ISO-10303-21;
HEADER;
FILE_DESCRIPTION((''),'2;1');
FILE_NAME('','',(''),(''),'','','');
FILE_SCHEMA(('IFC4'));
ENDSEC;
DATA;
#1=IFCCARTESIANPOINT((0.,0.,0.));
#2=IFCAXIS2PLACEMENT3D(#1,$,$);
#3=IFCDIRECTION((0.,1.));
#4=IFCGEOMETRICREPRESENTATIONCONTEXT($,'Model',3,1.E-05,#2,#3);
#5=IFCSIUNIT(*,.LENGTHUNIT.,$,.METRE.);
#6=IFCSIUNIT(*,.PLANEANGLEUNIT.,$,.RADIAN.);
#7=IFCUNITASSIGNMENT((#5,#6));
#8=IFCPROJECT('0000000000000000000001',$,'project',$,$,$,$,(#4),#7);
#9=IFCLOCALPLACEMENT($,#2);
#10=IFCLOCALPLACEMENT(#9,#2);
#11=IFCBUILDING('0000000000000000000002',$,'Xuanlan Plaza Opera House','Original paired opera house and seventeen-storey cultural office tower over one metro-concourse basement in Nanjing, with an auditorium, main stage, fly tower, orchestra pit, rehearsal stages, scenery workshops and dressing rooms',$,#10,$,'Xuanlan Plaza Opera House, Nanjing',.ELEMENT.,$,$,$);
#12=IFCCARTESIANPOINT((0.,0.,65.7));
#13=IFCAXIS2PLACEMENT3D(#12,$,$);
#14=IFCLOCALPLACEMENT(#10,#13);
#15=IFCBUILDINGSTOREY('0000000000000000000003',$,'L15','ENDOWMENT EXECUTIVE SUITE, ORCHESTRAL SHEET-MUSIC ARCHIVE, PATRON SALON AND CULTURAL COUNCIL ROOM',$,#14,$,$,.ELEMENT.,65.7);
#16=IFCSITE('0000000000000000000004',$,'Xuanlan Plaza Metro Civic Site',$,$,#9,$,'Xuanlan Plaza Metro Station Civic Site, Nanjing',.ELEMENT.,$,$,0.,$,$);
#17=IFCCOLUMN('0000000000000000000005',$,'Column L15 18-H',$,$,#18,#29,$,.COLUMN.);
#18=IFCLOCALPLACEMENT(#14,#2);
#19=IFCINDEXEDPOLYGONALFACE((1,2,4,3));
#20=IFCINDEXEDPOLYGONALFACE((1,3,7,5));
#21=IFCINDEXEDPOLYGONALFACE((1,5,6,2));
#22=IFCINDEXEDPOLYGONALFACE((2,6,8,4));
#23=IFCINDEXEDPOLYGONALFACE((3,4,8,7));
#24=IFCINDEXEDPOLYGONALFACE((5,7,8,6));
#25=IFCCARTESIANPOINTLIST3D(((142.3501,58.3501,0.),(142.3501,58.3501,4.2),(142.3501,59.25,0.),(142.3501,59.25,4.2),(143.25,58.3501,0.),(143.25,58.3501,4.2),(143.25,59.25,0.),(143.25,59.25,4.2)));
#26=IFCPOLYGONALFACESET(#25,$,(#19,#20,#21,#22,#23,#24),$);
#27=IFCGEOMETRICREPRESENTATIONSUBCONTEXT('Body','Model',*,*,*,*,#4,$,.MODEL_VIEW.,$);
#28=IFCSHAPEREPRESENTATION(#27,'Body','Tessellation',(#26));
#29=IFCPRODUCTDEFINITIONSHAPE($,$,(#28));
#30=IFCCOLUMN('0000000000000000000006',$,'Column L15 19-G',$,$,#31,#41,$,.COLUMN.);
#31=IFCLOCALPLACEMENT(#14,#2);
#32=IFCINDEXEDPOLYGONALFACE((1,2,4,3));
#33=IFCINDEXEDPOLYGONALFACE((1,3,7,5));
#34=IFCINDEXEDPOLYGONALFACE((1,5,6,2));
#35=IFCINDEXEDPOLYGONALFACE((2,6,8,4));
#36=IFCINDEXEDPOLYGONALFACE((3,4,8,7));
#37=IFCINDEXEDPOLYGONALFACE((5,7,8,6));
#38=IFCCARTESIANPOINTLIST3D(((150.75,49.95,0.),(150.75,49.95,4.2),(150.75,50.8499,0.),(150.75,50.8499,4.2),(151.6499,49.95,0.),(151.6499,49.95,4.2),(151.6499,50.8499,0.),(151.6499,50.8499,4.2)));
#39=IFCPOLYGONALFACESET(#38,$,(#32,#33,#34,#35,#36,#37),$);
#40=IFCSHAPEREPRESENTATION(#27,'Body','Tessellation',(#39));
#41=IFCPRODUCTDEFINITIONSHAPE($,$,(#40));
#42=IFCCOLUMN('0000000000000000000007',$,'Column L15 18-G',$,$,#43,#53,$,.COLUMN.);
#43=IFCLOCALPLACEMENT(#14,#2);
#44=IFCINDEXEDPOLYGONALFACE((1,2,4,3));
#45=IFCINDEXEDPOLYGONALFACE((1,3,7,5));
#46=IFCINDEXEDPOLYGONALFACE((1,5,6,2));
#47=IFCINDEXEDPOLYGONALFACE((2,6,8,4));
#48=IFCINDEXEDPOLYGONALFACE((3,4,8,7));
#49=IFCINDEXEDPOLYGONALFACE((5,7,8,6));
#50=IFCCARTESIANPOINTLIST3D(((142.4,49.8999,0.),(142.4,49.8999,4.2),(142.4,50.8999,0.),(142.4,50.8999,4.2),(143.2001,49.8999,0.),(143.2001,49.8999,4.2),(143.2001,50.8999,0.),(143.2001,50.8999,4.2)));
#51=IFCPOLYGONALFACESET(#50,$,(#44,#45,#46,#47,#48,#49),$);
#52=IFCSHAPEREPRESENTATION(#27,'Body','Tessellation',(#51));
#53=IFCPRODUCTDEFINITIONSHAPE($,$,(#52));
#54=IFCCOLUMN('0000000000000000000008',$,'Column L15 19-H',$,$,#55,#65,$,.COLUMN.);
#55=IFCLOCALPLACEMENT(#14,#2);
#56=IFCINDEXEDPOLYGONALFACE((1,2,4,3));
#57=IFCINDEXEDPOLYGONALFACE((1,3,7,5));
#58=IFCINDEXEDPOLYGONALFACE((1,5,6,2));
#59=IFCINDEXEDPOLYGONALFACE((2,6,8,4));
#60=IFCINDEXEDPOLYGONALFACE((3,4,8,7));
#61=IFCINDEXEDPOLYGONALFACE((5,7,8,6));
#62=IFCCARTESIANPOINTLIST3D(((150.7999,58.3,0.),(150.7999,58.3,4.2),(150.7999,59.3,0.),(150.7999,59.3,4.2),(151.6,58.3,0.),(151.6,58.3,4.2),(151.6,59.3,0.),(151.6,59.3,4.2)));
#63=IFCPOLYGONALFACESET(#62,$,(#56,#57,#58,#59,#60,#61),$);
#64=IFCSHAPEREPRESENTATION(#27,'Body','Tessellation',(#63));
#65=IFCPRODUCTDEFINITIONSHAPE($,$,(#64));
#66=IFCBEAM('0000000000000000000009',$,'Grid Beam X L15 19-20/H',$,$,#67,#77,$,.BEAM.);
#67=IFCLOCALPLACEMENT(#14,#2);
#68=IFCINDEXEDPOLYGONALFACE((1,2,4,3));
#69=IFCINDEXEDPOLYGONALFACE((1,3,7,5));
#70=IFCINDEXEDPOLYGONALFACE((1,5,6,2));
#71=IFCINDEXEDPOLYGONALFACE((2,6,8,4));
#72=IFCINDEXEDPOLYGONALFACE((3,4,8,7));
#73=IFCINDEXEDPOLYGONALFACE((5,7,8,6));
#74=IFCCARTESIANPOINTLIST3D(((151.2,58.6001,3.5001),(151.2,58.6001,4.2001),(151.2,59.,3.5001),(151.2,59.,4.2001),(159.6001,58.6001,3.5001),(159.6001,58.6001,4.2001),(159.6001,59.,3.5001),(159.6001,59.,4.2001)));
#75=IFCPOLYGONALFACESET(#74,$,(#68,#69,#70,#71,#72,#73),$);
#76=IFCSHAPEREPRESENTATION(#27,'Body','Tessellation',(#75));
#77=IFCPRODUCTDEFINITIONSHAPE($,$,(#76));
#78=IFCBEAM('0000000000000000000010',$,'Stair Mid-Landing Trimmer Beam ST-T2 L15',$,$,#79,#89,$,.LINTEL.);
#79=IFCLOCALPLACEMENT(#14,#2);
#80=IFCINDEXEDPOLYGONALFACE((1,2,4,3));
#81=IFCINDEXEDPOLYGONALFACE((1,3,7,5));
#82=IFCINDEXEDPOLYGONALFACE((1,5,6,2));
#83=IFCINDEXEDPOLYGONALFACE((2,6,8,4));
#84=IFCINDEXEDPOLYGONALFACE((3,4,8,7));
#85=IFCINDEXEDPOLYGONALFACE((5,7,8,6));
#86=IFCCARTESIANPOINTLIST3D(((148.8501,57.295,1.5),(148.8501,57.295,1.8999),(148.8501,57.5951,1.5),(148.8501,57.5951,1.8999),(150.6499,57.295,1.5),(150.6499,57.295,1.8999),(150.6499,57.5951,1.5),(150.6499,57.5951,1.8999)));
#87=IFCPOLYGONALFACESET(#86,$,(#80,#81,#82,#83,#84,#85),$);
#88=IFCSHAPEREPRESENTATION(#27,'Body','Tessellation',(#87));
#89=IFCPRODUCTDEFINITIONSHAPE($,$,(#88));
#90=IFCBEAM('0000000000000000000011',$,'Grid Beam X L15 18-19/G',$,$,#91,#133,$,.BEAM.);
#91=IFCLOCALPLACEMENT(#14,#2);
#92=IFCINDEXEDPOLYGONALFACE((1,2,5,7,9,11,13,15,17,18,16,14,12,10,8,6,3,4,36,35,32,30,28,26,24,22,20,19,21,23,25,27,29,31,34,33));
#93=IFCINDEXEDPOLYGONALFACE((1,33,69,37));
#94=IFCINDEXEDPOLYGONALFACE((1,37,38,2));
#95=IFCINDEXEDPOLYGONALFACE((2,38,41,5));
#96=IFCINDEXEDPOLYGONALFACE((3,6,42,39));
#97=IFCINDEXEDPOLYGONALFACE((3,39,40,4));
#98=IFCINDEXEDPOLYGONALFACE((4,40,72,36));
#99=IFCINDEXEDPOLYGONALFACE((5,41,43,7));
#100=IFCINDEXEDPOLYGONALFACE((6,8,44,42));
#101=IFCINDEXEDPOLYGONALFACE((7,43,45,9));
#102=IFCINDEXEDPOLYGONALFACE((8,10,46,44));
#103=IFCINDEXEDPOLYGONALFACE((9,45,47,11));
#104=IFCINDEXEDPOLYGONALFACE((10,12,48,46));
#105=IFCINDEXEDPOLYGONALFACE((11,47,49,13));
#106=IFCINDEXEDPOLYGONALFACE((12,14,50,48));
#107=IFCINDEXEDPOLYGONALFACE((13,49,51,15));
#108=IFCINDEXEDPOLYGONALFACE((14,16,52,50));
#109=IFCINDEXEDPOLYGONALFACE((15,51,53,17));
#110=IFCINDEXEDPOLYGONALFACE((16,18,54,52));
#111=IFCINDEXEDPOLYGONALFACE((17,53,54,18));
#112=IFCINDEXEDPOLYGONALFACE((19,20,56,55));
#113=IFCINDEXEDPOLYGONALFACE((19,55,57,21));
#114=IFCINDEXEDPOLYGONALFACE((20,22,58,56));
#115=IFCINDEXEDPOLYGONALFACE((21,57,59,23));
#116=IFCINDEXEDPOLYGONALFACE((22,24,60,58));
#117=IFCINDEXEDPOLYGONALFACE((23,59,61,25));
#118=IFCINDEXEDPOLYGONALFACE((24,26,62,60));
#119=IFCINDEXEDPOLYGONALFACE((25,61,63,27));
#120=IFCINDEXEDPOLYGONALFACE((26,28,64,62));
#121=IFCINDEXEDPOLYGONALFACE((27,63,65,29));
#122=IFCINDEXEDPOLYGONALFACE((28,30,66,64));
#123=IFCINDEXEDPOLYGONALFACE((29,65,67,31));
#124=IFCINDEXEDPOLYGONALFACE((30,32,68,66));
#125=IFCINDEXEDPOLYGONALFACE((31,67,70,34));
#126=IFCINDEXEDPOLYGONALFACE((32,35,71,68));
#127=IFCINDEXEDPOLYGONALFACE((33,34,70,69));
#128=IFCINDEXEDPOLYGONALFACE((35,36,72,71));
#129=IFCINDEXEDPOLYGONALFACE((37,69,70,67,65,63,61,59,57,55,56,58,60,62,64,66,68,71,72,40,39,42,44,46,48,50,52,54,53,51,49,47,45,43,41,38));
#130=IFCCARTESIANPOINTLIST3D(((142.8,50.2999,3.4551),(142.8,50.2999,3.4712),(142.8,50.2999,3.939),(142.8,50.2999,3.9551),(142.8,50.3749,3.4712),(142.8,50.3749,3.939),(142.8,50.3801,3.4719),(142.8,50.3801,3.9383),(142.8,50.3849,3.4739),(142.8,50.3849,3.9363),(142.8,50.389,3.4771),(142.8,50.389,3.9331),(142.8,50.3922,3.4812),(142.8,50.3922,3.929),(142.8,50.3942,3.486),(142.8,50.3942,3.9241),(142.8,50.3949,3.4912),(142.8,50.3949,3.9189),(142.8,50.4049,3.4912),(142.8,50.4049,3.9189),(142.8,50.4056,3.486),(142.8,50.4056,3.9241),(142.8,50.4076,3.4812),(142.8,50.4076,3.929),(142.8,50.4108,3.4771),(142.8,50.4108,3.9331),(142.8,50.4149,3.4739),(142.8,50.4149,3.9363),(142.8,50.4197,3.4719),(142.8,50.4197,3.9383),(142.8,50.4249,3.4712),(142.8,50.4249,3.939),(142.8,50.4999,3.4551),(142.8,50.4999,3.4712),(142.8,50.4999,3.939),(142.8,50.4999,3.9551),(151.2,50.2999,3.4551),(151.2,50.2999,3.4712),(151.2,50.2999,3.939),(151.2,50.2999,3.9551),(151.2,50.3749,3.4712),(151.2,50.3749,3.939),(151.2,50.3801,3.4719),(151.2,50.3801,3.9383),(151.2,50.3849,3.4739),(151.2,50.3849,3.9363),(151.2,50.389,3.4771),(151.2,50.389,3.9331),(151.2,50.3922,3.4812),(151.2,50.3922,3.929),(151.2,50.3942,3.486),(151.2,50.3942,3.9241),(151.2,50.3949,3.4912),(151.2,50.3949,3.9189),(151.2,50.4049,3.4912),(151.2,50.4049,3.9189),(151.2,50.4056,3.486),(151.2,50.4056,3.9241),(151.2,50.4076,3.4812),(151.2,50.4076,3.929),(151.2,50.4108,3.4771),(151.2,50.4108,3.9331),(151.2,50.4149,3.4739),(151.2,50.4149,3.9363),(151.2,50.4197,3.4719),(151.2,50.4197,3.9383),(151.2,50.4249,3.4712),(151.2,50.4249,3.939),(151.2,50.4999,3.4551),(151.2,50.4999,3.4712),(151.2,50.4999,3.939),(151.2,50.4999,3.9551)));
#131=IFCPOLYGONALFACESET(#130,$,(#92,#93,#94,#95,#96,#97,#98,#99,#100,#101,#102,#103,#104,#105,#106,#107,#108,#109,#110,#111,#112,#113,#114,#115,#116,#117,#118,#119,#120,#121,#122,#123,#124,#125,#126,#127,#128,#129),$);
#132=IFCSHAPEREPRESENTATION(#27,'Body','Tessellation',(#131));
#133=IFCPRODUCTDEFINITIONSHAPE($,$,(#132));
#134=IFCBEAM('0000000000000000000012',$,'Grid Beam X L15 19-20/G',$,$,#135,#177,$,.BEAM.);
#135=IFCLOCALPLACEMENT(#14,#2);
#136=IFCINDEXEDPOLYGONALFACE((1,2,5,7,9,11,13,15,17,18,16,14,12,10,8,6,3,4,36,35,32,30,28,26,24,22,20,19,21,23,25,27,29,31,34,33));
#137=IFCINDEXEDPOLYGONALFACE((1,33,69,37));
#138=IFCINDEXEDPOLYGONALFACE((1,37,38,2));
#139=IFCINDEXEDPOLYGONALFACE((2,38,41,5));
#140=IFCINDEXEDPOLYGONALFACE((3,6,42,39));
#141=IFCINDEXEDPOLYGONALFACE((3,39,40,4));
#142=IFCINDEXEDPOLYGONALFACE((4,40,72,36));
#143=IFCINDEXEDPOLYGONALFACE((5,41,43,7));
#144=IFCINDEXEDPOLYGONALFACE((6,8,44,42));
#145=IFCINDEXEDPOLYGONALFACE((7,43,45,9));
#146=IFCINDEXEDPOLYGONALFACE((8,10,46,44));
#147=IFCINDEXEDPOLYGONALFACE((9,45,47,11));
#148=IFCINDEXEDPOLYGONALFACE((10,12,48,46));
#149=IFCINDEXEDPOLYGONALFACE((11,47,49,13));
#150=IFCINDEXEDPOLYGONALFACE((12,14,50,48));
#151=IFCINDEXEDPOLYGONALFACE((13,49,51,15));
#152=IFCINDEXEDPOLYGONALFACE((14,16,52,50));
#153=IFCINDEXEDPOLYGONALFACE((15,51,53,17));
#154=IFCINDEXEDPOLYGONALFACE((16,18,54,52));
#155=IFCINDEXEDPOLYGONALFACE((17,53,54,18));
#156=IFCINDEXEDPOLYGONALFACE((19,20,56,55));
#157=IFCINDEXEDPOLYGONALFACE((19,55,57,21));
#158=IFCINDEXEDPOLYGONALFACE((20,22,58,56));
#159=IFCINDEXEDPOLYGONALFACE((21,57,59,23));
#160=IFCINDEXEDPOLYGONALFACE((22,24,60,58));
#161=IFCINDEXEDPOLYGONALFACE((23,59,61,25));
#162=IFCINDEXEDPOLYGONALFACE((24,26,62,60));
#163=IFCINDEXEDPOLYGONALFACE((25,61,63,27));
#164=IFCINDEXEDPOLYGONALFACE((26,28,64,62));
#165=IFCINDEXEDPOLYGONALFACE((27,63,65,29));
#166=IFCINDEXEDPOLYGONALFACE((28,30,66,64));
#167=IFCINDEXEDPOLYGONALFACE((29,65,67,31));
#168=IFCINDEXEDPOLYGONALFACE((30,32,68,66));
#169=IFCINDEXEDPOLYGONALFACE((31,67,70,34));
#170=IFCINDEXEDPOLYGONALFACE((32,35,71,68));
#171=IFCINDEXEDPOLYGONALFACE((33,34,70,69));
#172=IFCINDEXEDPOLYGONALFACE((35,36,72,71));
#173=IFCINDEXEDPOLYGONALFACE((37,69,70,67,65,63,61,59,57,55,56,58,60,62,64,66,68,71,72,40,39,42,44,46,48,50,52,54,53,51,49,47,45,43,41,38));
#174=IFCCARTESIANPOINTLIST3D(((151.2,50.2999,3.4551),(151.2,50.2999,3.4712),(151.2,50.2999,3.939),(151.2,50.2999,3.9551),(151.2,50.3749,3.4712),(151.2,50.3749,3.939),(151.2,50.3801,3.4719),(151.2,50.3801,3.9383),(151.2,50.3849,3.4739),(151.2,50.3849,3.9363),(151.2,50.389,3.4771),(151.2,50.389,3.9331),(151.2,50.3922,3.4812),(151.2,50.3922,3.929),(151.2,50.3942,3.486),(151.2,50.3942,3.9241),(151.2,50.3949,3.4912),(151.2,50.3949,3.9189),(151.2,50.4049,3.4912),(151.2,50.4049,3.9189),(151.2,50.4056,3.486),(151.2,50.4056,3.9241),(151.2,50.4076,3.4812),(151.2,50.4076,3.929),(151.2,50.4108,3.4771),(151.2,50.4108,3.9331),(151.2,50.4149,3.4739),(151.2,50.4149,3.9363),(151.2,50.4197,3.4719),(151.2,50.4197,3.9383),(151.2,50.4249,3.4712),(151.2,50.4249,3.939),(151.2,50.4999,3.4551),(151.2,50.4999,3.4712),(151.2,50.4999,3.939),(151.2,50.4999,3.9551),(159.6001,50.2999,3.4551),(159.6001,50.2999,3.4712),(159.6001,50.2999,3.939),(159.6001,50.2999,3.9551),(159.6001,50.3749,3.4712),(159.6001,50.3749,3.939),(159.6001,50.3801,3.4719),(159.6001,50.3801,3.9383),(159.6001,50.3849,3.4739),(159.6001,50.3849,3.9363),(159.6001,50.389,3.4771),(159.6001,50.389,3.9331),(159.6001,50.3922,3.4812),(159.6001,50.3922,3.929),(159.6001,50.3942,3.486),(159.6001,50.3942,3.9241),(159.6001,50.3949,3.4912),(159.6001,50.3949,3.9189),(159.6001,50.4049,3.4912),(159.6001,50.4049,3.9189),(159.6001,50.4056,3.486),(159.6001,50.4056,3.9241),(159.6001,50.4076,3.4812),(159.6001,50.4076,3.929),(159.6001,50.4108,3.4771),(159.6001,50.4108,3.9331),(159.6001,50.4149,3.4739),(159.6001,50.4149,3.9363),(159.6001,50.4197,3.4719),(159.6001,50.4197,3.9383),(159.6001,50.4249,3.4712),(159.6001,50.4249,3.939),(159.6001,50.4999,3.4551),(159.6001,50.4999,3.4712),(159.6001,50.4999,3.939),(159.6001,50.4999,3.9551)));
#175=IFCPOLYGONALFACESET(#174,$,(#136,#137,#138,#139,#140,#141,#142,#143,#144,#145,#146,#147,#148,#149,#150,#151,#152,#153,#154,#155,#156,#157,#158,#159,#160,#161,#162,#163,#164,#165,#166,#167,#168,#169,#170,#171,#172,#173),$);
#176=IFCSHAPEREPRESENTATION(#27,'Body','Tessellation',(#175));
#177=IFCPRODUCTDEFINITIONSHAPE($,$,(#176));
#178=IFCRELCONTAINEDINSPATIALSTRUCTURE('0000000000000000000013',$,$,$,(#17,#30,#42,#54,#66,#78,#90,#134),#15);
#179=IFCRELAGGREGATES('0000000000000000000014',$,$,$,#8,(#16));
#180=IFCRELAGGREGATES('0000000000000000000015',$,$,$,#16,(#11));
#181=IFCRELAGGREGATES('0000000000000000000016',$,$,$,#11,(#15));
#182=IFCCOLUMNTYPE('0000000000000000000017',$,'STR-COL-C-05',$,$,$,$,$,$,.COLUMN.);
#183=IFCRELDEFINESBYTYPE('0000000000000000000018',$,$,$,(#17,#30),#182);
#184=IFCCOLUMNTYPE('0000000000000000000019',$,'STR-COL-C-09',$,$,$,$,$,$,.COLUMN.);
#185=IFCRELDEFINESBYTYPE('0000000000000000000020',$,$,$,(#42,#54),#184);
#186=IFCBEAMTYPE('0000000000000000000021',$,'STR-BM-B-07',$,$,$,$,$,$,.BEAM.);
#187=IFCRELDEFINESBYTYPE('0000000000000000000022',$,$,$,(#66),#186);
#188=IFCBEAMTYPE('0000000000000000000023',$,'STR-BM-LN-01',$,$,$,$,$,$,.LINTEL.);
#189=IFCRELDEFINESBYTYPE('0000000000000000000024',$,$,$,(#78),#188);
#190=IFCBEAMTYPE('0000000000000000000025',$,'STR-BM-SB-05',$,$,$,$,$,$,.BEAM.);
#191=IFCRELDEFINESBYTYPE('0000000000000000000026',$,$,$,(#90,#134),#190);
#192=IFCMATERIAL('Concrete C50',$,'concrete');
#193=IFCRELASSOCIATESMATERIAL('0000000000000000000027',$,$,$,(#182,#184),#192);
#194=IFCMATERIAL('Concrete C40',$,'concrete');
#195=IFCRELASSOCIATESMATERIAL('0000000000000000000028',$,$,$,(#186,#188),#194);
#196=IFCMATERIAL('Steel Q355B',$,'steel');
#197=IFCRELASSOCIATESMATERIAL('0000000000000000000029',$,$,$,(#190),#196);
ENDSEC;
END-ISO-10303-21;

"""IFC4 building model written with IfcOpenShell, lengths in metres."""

from ifc_helpers import new_model, si_unit, direction, frame, origin, origin_2d, place, context, subcontext, project, spatial, rectangle, i_section, extrude, material, material_profile, profile_set, type_object, element, save


model = new_model("IFC4")

# Units and contexts
model_context = context("Model", 3, precision=1e-05, world=origin(), true_north=direction((0.0, 1.0)))
body_context = subcontext(model_context, "Body", "Model", "MODEL_VIEW")
ifc_project = project(units=[si_unit("LENGTHUNIT", "METRE"), si_unit("PLANEANGLEUNIT", "RADIAN")], contexts=[model_context])

# Site, building, storey
site_placement = place(None, origin())
site = spatial("IfcSite", under=ifc_project, at=site_placement, Name="Xuanlan Plaza Metro Civic Site", LongName="Xuanlan Plaza Metro Station Civic Site, Nanjing", CompositionType="ELEMENT", RefElevation=0.0)
building_placement = place(site_placement, origin())
building = spatial("IfcBuilding", under=site, at=building_placement, Name="Xuanlan Plaza Opera House", Description="Original paired opera house and seventeen-storey cultural office tower over one metro-concourse basement in Nanjing, with an auditorium, main stage, fly tower, orchestra pit, rehearsal stages, scenery workshops and dressing rooms", LongName="Xuanlan Plaza Opera House, Nanjing", CompositionType="ELEMENT")
storey_placement = place(building_placement, frame((0.0, 0.0, 65.7)))
storey = spatial("IfcBuildingStorey", under=building, at=storey_placement, Name="L15", Description="ENDOWMENT EXECUTIVE SUITE, ORCHESTRAL SHEET-MUSIC ARCHIVE, PATRON SALON AND CULTURAL COUNCIL ROOM", CompositionType="ELEMENT", Elevation=65.7)

# Columns
ifc_material_1 = material(Name="Concrete C50", Category="concrete")
ifc_material_profile_1 = material_profile(ifc_material_1, rectangle(XDim=0.8999, YDim=0.8999, at=origin_2d()), Name="RC-COL 900x900")
ifc_profile_set_1 = profile_set([ifc_material_profile_1], Name="Concrete C50")
column_type_1 = type_object("IfcColumnType", Name="STR-COL-C-05", PredefinedType="COLUMN", material=ifc_profile_set_1)
for number, where, z_axis, x_axis, name in (
    (1, (142.8, 58.8, 0.0), (0.0, 0.0, 1.0), (1.0, 0.0, 0.0), "Column L15 18-H"),
    (2, (151.2, 50.3999, 0.0), (0.0, 0.0, 1.0), (1.0, 0.0, 0.0), "Column L15 19-G"),
):
    element("IfcColumn", number, at=place(storey_placement, frame(where, z_axis=z_axis, x_axis=x_axis)), inside=storey, type_object=column_type_1, Name=name, PredefinedType="COLUMN", context=body_context, shape_type="SweptSolid", body=[
        extrude(rectangle(XDim=0.8999, YDim=0.8999, at=origin_2d()), origin(), (0.0, 0.0, 1.0), 4.2),
    ])
ifc_material_profile_2 = material_profile(ifc_material_1, rectangle(XDim=0.8, YDim=1.0, at=origin_2d()), Name="RC-COL 800x1000")
ifc_profile_set_2 = profile_set([ifc_material_profile_2], Name="Concrete C50")
column_type_2 = type_object("IfcColumnType", Name="STR-COL-C-09", PredefinedType="COLUMN", material=ifc_profile_set_2)
for number, where, z_axis, x_axis, name in (
    (3, (142.8, 50.3999, 0.0), (0.0, 0.0, 1.0), (1.0, 0.0, 0.0), "Column L15 18-G"),
    (4, (151.2, 58.8, 0.0), (0.0, 0.0, 1.0), (1.0, 0.0, 0.0), "Column L15 19-H"),
):
    element("IfcColumn", number, at=place(storey_placement, frame(where, z_axis=z_axis, x_axis=x_axis)), inside=storey, type_object=column_type_2, Name=name, PredefinedType="COLUMN", context=body_context, shape_type="SweptSolid", body=[
        extrude(rectangle(XDim=0.8, YDim=1.0, at=origin_2d()), origin(), (0.0, 0.0, 1.0), 4.2),
    ])

# Beams
ifc_material_2 = material(Name="Concrete C40", Category="concrete")
ifc_material_profile_3 = material_profile(ifc_material_2, rectangle(XDim=0.3999, YDim=0.7, at=origin_2d()), Name="RC-BM 400x700")
ifc_profile_set_3 = profile_set([ifc_material_profile_3], Name="Concrete C40")
beam_type_1 = type_object("IfcBeamType", Name="STR-BM-B-07", PredefinedType="BEAM", material=ifc_profile_set_3)
beam_1_placement = place(storey_placement, frame((151.2, 58.8, 3.8501), z_axis=(1.0, 0.0, 0.0), x_axis=(0.0, 1.0, 0.0)))
element("IfcBeam", 5, at=beam_1_placement, inside=storey, type_object=beam_type_1, Name="Grid Beam X L15 19-20/H", PredefinedType="BEAM", context=body_context, shape_type="SweptSolid", body=[
    extrude(rectangle(XDim=0.3999, YDim=0.7, at=origin_2d()), origin(), (0.0, 0.0, 1.0), 8.4001),
])
ifc_material_profile_4 = material_profile(ifc_material_2, rectangle(XDim=0.3, YDim=0.3999, at=origin_2d()), Name="RC-LNT 300x400")
ifc_profile_set_4 = profile_set([ifc_material_profile_4], Name="Concrete C40")
beam_type_2 = type_object("IfcBeamType", Name="STR-BM-LN-01", PredefinedType="LINTEL", material=ifc_profile_set_4)
beam_2_placement = place(storey_placement, frame((148.8501, 57.4451, 1.7), z_axis=(1.0, 0.0, 0.0), x_axis=(0.0, 1.0, 0.0)))
element("IfcBeam", 6, at=beam_2_placement, inside=storey, type_object=beam_type_2, Name="Stair Mid-Landing Trimmer Beam ST-T2 L15", PredefinedType="LINTEL", context=body_context, shape_type="SweptSolid", body=[
    extrude(rectangle(XDim=0.3, YDim=0.3999, at=origin_2d()), origin(), (0.0, 0.0, 1.0), 1.7998),
])
ifc_material_3 = material(Name="Steel Q355B", Category="steel")
ifc_material_profile_5 = material_profile(ifc_material_3, i_section(OverallWidth=0.2, OverallDepth=0.5, WebThickness=0.01, FlangeThickness=0.0161, FilletRadius=0.02, at=origin_2d()), Name="HN 500x200x10x16")
ifc_profile_set_5 = profile_set([ifc_material_profile_5], Name="Steel Q355B")
beam_type_3 = type_object("IfcBeamType", Name="STR-BM-SB-05", PredefinedType="BEAM", material=ifc_profile_set_5)
beam_3_placement = place(storey_placement, frame((142.8, 50.3999, 3.7051), z_axis=(1.0, 0.0, 0.0), x_axis=(0.0, 1.0, 0.0)))
element("IfcBeam", 7, at=beam_3_placement, inside=storey, type_object=beam_type_3, Name="Grid Beam X L15 18-19/G", PredefinedType="BEAM", context=body_context, shape_type="SweptSolid", body=[
    extrude(i_section(OverallWidth=0.2, OverallDepth=0.5, WebThickness=0.01, FlangeThickness=0.0161, FilletRadius=0.02, at=origin_2d()), origin(), (0.0, 0.0, 1.0), 8.3999),
])
beam_4_placement = place(storey_placement, frame((151.2, 50.3999, 3.7051), z_axis=(1.0, 0.0, 0.0), x_axis=(0.0, 1.0, 0.0)))
element("IfcBeam", 8, at=beam_4_placement, inside=storey, type_object=beam_type_3, Name="Grid Beam X L15 19-20/G", PredefinedType="BEAM", context=body_context, shape_type="SweptSolid", body=[
    extrude(i_section(OverallWidth=0.2, OverallDepth=0.5, WebThickness=0.01, FlangeThickness=0.0161, FilletRadius=0.02, at=origin_2d()), origin(), (0.0, 0.0, 1.0), 8.4001),
])

save(model, "model.ifc")
